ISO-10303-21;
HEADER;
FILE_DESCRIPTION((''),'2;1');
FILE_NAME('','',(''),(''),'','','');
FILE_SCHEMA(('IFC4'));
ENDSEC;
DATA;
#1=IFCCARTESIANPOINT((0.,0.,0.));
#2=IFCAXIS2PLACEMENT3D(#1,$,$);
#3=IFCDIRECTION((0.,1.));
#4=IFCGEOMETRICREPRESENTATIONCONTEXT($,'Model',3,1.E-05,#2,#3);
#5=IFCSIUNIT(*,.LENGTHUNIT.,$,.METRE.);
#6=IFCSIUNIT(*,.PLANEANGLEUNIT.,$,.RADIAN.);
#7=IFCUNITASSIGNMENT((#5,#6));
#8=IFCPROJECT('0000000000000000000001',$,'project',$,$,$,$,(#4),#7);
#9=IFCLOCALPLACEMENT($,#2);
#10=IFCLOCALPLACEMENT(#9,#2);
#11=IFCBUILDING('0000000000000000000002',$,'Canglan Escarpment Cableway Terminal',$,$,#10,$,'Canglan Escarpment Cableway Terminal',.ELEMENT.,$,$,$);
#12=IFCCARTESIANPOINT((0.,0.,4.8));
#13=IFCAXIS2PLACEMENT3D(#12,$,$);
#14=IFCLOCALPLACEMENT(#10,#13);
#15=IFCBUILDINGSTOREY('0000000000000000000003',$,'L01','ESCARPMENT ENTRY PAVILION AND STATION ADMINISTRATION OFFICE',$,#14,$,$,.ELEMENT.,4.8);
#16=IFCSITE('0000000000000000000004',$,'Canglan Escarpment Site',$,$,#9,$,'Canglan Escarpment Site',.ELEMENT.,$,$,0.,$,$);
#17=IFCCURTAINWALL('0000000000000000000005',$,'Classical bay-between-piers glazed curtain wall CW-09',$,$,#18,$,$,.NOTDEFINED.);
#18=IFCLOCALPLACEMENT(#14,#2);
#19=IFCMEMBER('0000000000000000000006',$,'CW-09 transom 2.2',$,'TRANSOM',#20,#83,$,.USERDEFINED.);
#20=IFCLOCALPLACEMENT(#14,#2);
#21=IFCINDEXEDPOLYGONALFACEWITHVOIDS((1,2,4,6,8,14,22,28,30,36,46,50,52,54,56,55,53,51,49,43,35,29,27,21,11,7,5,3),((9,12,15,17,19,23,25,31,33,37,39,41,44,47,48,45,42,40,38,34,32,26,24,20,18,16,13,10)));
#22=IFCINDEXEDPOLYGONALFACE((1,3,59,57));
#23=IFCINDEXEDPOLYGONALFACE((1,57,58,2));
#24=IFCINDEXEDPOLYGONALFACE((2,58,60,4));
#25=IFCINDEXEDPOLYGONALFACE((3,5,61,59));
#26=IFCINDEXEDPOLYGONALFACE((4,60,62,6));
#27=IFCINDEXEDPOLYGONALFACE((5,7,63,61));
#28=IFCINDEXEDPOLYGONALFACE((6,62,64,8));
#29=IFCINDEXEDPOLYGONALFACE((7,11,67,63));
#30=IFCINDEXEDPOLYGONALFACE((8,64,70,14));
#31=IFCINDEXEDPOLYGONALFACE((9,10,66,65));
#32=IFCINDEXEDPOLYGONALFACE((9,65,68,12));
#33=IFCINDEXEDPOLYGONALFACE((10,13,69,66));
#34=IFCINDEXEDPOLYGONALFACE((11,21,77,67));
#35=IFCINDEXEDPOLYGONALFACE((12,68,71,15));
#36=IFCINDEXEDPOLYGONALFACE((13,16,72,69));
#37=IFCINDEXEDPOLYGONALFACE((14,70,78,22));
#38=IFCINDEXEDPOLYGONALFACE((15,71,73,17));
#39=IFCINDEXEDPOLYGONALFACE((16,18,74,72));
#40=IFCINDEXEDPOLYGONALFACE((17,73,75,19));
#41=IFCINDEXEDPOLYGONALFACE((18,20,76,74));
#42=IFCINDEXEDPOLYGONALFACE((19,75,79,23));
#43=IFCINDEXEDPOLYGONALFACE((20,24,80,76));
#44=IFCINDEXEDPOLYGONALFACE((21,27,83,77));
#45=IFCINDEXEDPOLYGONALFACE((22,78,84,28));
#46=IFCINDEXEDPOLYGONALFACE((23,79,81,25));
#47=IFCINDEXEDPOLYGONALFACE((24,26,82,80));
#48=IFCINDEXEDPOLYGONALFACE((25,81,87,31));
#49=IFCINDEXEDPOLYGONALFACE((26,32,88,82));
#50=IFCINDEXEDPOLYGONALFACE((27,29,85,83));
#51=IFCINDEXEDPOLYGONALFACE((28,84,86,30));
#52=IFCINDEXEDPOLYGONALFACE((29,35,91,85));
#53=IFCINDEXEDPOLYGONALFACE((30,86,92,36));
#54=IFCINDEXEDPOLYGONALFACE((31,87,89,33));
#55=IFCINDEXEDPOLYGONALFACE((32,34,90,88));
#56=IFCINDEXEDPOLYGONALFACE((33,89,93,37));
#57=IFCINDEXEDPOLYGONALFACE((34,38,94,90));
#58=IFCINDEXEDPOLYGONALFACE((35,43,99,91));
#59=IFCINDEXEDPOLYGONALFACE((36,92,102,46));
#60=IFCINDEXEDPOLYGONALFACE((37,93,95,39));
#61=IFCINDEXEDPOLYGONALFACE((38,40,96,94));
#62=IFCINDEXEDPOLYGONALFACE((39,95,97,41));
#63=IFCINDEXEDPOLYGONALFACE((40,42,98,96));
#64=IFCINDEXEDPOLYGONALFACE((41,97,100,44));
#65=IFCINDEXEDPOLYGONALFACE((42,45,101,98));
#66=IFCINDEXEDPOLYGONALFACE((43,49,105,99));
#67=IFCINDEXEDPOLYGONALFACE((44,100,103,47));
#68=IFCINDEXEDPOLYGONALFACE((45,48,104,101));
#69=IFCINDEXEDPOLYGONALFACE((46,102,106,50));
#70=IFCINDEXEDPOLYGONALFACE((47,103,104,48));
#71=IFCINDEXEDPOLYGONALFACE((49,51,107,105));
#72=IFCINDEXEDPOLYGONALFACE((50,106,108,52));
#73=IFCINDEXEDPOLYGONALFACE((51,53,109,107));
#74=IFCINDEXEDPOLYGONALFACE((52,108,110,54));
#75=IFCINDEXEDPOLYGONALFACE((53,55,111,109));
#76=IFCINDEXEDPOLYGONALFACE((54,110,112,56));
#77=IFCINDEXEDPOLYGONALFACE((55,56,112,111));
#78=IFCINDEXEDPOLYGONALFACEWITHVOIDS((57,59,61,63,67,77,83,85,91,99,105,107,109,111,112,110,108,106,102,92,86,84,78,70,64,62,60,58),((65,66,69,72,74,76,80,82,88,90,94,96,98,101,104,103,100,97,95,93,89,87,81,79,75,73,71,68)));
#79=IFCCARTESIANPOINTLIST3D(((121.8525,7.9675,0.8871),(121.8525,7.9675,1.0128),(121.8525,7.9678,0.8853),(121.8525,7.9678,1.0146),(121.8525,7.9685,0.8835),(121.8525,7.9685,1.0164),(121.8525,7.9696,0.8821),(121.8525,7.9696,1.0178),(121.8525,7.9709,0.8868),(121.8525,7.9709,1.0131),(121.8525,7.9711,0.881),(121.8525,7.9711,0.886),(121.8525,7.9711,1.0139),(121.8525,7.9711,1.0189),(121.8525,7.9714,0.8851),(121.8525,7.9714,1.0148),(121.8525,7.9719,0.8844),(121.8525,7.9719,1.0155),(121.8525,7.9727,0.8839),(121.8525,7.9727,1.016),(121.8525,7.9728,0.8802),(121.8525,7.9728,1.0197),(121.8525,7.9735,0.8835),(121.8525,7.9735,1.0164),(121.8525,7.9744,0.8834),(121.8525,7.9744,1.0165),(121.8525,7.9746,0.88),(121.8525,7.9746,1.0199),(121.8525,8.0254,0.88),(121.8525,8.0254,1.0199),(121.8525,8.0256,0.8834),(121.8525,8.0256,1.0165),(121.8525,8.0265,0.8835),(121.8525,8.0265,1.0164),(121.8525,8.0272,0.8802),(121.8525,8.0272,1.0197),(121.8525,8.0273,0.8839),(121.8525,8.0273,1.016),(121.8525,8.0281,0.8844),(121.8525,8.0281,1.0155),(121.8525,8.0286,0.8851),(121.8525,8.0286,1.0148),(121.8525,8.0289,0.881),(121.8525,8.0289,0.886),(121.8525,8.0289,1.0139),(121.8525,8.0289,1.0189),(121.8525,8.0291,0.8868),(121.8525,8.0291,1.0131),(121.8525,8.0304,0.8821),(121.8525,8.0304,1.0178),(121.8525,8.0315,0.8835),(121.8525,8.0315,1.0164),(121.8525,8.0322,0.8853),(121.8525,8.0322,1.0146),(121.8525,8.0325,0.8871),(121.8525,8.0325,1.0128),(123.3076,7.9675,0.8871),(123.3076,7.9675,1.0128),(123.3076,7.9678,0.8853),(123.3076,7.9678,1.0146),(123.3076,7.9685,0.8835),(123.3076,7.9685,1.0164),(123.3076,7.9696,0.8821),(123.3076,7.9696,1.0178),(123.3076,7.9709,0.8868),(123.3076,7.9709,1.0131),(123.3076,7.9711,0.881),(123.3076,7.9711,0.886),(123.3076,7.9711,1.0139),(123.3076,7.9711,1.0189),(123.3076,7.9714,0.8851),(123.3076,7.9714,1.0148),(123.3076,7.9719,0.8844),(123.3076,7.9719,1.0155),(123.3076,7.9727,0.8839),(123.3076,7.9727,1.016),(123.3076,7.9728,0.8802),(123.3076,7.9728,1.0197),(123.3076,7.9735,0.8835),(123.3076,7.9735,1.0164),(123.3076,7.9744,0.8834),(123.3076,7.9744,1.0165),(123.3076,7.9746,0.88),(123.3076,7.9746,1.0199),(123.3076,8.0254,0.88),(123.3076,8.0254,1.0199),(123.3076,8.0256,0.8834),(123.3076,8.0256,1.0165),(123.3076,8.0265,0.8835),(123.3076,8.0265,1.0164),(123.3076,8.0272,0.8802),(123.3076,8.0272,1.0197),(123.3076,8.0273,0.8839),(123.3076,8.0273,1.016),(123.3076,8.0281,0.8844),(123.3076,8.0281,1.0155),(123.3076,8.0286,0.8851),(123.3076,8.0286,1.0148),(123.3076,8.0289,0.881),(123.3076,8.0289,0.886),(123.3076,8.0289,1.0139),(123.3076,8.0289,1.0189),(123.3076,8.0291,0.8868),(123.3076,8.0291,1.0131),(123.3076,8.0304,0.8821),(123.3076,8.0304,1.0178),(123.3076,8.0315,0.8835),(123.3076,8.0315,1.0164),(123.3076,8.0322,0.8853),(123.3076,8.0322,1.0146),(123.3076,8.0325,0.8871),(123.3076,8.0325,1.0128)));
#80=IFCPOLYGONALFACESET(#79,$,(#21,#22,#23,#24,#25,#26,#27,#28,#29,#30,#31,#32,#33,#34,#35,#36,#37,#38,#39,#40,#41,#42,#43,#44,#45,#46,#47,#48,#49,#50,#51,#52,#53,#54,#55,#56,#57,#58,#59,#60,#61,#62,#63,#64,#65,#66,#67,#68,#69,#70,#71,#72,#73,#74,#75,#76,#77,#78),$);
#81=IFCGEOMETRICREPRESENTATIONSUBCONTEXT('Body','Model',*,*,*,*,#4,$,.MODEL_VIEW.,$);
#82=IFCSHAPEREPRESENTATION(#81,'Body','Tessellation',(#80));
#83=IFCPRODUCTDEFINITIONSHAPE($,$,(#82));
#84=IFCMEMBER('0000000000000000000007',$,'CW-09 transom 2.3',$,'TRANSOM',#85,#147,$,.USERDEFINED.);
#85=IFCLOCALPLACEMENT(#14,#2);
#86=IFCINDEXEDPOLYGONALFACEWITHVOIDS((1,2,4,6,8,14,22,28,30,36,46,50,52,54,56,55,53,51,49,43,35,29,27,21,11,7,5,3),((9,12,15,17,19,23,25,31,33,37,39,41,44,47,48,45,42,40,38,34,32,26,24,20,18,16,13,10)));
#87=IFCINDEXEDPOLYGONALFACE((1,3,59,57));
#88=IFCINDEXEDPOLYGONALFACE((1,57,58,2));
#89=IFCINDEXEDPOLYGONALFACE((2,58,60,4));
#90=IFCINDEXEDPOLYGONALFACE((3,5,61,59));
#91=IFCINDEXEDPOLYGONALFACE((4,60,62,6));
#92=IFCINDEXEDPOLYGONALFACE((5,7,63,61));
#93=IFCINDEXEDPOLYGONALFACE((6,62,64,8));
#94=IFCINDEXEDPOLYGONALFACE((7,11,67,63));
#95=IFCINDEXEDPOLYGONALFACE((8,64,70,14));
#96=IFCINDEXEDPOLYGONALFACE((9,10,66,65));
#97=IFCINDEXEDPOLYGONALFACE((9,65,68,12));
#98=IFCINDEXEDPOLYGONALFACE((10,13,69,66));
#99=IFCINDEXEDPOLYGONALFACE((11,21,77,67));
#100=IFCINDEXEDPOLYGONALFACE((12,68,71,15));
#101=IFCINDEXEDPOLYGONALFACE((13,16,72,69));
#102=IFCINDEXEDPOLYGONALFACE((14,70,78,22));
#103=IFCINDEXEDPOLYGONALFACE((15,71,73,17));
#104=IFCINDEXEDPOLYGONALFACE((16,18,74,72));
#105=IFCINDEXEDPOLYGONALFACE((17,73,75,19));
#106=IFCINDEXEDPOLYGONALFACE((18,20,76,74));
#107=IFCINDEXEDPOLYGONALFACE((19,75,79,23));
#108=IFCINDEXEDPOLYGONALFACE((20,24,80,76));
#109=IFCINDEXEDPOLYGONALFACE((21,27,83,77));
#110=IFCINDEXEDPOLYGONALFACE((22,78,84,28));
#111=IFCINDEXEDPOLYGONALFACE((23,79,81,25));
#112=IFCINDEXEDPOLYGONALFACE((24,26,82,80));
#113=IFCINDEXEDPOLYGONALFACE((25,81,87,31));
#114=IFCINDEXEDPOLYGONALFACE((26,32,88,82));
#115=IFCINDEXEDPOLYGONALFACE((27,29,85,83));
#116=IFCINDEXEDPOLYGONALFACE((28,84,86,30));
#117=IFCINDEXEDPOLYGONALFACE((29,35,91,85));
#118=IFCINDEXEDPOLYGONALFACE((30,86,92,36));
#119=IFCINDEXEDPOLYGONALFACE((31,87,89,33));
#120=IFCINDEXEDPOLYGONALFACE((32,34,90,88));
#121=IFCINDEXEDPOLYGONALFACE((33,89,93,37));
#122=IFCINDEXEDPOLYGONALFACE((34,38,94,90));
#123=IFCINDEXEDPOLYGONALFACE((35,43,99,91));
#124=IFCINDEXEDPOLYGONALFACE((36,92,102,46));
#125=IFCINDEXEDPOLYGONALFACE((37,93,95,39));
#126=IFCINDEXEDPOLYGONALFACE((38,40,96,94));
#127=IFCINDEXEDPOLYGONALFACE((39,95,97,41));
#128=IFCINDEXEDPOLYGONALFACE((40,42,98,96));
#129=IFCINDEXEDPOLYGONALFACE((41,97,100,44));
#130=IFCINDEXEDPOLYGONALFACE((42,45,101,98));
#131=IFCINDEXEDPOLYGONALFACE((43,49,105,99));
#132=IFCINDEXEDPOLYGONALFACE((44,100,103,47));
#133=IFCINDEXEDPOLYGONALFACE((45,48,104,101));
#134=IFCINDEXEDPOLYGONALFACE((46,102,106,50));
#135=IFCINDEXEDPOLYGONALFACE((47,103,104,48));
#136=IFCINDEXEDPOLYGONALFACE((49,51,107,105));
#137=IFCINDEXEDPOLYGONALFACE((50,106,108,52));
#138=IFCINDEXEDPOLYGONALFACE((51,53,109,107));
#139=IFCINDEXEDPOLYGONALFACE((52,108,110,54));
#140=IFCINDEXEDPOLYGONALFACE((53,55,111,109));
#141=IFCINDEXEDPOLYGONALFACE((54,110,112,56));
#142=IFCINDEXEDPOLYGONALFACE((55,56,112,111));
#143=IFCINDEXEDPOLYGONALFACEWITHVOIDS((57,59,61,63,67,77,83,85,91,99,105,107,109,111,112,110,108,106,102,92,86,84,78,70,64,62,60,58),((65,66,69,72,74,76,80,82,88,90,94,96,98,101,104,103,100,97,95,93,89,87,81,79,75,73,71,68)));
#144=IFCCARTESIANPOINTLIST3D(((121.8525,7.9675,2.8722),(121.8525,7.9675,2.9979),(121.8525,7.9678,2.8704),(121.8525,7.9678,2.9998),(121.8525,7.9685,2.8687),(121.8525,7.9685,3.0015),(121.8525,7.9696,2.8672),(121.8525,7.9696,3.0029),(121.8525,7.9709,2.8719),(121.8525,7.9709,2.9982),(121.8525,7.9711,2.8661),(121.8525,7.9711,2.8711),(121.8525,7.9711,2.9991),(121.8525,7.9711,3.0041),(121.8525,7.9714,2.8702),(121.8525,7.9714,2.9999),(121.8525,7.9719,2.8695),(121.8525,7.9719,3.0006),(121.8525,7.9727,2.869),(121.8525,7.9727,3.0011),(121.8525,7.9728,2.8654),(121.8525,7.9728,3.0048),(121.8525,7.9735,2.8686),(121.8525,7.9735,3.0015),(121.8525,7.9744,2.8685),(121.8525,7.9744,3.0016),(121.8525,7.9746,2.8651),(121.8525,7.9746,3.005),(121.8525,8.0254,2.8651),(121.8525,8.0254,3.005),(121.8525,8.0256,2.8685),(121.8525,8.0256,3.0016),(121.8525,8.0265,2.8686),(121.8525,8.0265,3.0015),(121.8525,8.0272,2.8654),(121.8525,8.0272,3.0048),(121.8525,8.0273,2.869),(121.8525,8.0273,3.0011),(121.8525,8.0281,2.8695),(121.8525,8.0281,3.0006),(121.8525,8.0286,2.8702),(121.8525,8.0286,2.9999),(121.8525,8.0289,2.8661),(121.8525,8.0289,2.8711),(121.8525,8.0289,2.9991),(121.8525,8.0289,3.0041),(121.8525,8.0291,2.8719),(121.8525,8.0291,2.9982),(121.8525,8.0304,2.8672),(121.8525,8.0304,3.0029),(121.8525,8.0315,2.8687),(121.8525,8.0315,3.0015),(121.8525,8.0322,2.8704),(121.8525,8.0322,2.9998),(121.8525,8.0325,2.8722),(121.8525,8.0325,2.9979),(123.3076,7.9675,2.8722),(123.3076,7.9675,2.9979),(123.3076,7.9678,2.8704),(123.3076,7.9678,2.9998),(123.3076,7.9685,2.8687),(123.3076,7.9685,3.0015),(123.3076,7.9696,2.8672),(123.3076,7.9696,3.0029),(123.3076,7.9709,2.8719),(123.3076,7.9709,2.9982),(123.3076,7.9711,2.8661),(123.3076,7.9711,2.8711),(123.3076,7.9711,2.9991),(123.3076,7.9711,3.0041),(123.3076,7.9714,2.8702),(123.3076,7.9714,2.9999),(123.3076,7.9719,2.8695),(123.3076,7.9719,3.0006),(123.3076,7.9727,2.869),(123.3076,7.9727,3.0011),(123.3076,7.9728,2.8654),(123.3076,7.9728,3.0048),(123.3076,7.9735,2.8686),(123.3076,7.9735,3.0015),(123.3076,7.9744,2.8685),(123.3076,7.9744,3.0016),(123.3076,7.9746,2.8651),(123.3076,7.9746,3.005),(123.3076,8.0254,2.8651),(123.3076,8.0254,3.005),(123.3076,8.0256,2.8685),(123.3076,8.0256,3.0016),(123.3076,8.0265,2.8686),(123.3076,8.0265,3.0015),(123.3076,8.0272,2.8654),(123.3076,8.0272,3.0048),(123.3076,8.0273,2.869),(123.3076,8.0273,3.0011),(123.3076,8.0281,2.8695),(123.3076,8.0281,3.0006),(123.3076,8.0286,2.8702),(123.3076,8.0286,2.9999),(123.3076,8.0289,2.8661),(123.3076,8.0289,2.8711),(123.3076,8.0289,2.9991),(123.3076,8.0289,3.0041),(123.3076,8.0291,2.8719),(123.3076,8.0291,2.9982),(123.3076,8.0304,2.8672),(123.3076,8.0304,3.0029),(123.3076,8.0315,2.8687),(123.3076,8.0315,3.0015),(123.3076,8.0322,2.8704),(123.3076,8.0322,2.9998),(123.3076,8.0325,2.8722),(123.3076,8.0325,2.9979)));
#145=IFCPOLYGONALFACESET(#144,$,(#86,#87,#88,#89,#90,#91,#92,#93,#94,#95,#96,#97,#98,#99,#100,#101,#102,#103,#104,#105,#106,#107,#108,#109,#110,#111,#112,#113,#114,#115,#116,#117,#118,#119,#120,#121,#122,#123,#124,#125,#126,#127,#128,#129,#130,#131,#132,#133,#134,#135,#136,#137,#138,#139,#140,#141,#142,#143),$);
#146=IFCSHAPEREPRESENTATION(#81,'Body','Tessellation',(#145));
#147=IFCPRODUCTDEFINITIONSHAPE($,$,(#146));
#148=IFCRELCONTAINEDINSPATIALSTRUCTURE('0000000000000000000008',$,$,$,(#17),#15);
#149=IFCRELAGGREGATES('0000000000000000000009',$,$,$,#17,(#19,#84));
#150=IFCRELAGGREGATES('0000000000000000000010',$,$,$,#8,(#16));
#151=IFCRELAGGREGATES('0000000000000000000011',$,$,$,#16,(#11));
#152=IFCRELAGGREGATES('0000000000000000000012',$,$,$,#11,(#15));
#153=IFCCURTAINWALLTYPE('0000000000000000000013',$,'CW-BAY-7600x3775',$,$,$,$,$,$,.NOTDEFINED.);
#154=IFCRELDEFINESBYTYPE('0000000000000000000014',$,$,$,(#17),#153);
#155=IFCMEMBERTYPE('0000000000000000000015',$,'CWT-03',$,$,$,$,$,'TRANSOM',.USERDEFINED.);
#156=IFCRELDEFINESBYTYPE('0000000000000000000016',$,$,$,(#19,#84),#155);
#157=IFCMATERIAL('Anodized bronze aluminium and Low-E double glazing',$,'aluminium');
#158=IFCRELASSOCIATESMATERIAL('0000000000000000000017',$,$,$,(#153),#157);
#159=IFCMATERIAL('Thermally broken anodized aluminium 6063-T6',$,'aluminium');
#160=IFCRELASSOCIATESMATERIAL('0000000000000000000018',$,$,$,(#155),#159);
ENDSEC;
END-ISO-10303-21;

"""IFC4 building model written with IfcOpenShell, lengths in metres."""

from ifc_helpers import new_model, si_unit, direction, frame, origin, origin_2d, place, context, subcontext, project, spatial, hollow_rectangle, extrude, material, material_profile, profile_set, type_object, element, aggregate, save


model = new_model("IFC4")

# Units and contexts
model_context = context("Model", 3, precision=1e-05, world=origin(), true_north=direction((0.0, 1.0)))
body_context = subcontext(model_context, "Body", "Model", "MODEL_VIEW")
ifc_project = project(units=[si_unit("LENGTHUNIT", "METRE"), si_unit("PLANEANGLEUNIT", "RADIAN")], contexts=[model_context])

# Site, building, storey
site_placement = place(None, origin())
site = spatial("IfcSite", under=ifc_project, at=site_placement, Name="Canglan Escarpment Site", LongName="Canglan Escarpment Site", CompositionType="ELEMENT", RefElevation=0.0)
building_placement = place(site_placement, origin())
building = spatial("IfcBuilding", under=site, at=building_placement, Name="Canglan Escarpment Cableway Terminal", LongName="Canglan Escarpment Cableway Terminal", CompositionType="ELEMENT")
storey_placement = place(building_placement, frame((0.0, 0.0, 4.8)))
storey = spatial("IfcBuildingStorey", under=building, at=storey_placement, Name="L01", Description="ESCARPMENT ENTRY PAVILION AND STATION ADMINISTRATION OFFICE", CompositionType="ELEMENT", Elevation=4.8)

# Curtain wall, members
ifc_material_1 = material(Name="Anodized bronze aluminium and Low-E double glazing", Category="aluminium")
curtain_wall_type = type_object("IfcCurtainWallType", Name="CW-BAY-7600x3775", PredefinedType="NOTDEFINED", material=ifc_material_1)
curtain_wall_placement = place(storey_placement, origin())
curtain_wall = element("IfcCurtainWall", 1, at=curtain_wall_placement, inside=storey, type_object=curtain_wall_type, Name="Classical bay-between-piers glazed curtain wall CW-09", PredefinedType="NOTDEFINED")
ifc_material_2 = material(Name="Thermally broken anodized aluminium 6063-T6", Category="aluminium")
ifc_material_profile_1 = material_profile(ifc_material_2, hollow_rectangle(XDim=0.0649, YDim=0.1399, WallThickness=0.0034, InnerFilletRadius=0.0034, OuterFilletRadius=0.0071, at=origin_2d()), Name="ALU-TRAN 65x140x3.5")
ifc_profile_set_1 = profile_set([ifc_material_profile_1], Name="Thermally broken anodized aluminium 6063-T6")
member_type_1 = type_object("IfcMemberType", Name="CWT-03", ElementType="TRANSOM", PredefinedType="USERDEFINED", material=ifc_profile_set_1)
member_1_placement = place(storey_placement, frame((121.8525, 8.0, 0.95), z_axis=(1.0, 0.0, 0.0), x_axis=(0.0, 1.0, 0.0)))
member_1 = element("IfcMember", 2, at=member_1_placement, type_object=member_type_1, Name="CW-09 transom 2.2", ObjectType="TRANSOM", PredefinedType="USERDEFINED", context=body_context, shape_type="SweptSolid", body=[
    extrude(hollow_rectangle(XDim=0.0649, YDim=0.1399, WallThickness=0.0034, InnerFilletRadius=0.0034, OuterFilletRadius=0.0071, at=origin_2d()), origin(), (0.0, 0.0, 1.0), 1.4551),
])
member_2_placement = place(storey_placement, frame((121.8525, 8.0, 2.9351), z_axis=(1.0, 0.0, 0.0), x_axis=(0.0, 1.0, 0.0)))
member_2 = element("IfcMember", 3, at=member_2_placement, type_object=member_type_1, Name="CW-09 transom 2.3", ObjectType="TRANSOM", PredefinedType="USERDEFINED", context=body_context, shape_type="SweptSolid", body=[
    extrude(hollow_rectangle(XDim=0.0649, YDim=0.1399, WallThickness=0.0034, InnerFilletRadius=0.0034, OuterFilletRadius=0.0071, at=origin_2d()), origin(), (0.0, 0.0, 1.0), 1.4551),
])

aggregate(curtain_wall, [member_1, member_2])

save(model, "model.ifc")
